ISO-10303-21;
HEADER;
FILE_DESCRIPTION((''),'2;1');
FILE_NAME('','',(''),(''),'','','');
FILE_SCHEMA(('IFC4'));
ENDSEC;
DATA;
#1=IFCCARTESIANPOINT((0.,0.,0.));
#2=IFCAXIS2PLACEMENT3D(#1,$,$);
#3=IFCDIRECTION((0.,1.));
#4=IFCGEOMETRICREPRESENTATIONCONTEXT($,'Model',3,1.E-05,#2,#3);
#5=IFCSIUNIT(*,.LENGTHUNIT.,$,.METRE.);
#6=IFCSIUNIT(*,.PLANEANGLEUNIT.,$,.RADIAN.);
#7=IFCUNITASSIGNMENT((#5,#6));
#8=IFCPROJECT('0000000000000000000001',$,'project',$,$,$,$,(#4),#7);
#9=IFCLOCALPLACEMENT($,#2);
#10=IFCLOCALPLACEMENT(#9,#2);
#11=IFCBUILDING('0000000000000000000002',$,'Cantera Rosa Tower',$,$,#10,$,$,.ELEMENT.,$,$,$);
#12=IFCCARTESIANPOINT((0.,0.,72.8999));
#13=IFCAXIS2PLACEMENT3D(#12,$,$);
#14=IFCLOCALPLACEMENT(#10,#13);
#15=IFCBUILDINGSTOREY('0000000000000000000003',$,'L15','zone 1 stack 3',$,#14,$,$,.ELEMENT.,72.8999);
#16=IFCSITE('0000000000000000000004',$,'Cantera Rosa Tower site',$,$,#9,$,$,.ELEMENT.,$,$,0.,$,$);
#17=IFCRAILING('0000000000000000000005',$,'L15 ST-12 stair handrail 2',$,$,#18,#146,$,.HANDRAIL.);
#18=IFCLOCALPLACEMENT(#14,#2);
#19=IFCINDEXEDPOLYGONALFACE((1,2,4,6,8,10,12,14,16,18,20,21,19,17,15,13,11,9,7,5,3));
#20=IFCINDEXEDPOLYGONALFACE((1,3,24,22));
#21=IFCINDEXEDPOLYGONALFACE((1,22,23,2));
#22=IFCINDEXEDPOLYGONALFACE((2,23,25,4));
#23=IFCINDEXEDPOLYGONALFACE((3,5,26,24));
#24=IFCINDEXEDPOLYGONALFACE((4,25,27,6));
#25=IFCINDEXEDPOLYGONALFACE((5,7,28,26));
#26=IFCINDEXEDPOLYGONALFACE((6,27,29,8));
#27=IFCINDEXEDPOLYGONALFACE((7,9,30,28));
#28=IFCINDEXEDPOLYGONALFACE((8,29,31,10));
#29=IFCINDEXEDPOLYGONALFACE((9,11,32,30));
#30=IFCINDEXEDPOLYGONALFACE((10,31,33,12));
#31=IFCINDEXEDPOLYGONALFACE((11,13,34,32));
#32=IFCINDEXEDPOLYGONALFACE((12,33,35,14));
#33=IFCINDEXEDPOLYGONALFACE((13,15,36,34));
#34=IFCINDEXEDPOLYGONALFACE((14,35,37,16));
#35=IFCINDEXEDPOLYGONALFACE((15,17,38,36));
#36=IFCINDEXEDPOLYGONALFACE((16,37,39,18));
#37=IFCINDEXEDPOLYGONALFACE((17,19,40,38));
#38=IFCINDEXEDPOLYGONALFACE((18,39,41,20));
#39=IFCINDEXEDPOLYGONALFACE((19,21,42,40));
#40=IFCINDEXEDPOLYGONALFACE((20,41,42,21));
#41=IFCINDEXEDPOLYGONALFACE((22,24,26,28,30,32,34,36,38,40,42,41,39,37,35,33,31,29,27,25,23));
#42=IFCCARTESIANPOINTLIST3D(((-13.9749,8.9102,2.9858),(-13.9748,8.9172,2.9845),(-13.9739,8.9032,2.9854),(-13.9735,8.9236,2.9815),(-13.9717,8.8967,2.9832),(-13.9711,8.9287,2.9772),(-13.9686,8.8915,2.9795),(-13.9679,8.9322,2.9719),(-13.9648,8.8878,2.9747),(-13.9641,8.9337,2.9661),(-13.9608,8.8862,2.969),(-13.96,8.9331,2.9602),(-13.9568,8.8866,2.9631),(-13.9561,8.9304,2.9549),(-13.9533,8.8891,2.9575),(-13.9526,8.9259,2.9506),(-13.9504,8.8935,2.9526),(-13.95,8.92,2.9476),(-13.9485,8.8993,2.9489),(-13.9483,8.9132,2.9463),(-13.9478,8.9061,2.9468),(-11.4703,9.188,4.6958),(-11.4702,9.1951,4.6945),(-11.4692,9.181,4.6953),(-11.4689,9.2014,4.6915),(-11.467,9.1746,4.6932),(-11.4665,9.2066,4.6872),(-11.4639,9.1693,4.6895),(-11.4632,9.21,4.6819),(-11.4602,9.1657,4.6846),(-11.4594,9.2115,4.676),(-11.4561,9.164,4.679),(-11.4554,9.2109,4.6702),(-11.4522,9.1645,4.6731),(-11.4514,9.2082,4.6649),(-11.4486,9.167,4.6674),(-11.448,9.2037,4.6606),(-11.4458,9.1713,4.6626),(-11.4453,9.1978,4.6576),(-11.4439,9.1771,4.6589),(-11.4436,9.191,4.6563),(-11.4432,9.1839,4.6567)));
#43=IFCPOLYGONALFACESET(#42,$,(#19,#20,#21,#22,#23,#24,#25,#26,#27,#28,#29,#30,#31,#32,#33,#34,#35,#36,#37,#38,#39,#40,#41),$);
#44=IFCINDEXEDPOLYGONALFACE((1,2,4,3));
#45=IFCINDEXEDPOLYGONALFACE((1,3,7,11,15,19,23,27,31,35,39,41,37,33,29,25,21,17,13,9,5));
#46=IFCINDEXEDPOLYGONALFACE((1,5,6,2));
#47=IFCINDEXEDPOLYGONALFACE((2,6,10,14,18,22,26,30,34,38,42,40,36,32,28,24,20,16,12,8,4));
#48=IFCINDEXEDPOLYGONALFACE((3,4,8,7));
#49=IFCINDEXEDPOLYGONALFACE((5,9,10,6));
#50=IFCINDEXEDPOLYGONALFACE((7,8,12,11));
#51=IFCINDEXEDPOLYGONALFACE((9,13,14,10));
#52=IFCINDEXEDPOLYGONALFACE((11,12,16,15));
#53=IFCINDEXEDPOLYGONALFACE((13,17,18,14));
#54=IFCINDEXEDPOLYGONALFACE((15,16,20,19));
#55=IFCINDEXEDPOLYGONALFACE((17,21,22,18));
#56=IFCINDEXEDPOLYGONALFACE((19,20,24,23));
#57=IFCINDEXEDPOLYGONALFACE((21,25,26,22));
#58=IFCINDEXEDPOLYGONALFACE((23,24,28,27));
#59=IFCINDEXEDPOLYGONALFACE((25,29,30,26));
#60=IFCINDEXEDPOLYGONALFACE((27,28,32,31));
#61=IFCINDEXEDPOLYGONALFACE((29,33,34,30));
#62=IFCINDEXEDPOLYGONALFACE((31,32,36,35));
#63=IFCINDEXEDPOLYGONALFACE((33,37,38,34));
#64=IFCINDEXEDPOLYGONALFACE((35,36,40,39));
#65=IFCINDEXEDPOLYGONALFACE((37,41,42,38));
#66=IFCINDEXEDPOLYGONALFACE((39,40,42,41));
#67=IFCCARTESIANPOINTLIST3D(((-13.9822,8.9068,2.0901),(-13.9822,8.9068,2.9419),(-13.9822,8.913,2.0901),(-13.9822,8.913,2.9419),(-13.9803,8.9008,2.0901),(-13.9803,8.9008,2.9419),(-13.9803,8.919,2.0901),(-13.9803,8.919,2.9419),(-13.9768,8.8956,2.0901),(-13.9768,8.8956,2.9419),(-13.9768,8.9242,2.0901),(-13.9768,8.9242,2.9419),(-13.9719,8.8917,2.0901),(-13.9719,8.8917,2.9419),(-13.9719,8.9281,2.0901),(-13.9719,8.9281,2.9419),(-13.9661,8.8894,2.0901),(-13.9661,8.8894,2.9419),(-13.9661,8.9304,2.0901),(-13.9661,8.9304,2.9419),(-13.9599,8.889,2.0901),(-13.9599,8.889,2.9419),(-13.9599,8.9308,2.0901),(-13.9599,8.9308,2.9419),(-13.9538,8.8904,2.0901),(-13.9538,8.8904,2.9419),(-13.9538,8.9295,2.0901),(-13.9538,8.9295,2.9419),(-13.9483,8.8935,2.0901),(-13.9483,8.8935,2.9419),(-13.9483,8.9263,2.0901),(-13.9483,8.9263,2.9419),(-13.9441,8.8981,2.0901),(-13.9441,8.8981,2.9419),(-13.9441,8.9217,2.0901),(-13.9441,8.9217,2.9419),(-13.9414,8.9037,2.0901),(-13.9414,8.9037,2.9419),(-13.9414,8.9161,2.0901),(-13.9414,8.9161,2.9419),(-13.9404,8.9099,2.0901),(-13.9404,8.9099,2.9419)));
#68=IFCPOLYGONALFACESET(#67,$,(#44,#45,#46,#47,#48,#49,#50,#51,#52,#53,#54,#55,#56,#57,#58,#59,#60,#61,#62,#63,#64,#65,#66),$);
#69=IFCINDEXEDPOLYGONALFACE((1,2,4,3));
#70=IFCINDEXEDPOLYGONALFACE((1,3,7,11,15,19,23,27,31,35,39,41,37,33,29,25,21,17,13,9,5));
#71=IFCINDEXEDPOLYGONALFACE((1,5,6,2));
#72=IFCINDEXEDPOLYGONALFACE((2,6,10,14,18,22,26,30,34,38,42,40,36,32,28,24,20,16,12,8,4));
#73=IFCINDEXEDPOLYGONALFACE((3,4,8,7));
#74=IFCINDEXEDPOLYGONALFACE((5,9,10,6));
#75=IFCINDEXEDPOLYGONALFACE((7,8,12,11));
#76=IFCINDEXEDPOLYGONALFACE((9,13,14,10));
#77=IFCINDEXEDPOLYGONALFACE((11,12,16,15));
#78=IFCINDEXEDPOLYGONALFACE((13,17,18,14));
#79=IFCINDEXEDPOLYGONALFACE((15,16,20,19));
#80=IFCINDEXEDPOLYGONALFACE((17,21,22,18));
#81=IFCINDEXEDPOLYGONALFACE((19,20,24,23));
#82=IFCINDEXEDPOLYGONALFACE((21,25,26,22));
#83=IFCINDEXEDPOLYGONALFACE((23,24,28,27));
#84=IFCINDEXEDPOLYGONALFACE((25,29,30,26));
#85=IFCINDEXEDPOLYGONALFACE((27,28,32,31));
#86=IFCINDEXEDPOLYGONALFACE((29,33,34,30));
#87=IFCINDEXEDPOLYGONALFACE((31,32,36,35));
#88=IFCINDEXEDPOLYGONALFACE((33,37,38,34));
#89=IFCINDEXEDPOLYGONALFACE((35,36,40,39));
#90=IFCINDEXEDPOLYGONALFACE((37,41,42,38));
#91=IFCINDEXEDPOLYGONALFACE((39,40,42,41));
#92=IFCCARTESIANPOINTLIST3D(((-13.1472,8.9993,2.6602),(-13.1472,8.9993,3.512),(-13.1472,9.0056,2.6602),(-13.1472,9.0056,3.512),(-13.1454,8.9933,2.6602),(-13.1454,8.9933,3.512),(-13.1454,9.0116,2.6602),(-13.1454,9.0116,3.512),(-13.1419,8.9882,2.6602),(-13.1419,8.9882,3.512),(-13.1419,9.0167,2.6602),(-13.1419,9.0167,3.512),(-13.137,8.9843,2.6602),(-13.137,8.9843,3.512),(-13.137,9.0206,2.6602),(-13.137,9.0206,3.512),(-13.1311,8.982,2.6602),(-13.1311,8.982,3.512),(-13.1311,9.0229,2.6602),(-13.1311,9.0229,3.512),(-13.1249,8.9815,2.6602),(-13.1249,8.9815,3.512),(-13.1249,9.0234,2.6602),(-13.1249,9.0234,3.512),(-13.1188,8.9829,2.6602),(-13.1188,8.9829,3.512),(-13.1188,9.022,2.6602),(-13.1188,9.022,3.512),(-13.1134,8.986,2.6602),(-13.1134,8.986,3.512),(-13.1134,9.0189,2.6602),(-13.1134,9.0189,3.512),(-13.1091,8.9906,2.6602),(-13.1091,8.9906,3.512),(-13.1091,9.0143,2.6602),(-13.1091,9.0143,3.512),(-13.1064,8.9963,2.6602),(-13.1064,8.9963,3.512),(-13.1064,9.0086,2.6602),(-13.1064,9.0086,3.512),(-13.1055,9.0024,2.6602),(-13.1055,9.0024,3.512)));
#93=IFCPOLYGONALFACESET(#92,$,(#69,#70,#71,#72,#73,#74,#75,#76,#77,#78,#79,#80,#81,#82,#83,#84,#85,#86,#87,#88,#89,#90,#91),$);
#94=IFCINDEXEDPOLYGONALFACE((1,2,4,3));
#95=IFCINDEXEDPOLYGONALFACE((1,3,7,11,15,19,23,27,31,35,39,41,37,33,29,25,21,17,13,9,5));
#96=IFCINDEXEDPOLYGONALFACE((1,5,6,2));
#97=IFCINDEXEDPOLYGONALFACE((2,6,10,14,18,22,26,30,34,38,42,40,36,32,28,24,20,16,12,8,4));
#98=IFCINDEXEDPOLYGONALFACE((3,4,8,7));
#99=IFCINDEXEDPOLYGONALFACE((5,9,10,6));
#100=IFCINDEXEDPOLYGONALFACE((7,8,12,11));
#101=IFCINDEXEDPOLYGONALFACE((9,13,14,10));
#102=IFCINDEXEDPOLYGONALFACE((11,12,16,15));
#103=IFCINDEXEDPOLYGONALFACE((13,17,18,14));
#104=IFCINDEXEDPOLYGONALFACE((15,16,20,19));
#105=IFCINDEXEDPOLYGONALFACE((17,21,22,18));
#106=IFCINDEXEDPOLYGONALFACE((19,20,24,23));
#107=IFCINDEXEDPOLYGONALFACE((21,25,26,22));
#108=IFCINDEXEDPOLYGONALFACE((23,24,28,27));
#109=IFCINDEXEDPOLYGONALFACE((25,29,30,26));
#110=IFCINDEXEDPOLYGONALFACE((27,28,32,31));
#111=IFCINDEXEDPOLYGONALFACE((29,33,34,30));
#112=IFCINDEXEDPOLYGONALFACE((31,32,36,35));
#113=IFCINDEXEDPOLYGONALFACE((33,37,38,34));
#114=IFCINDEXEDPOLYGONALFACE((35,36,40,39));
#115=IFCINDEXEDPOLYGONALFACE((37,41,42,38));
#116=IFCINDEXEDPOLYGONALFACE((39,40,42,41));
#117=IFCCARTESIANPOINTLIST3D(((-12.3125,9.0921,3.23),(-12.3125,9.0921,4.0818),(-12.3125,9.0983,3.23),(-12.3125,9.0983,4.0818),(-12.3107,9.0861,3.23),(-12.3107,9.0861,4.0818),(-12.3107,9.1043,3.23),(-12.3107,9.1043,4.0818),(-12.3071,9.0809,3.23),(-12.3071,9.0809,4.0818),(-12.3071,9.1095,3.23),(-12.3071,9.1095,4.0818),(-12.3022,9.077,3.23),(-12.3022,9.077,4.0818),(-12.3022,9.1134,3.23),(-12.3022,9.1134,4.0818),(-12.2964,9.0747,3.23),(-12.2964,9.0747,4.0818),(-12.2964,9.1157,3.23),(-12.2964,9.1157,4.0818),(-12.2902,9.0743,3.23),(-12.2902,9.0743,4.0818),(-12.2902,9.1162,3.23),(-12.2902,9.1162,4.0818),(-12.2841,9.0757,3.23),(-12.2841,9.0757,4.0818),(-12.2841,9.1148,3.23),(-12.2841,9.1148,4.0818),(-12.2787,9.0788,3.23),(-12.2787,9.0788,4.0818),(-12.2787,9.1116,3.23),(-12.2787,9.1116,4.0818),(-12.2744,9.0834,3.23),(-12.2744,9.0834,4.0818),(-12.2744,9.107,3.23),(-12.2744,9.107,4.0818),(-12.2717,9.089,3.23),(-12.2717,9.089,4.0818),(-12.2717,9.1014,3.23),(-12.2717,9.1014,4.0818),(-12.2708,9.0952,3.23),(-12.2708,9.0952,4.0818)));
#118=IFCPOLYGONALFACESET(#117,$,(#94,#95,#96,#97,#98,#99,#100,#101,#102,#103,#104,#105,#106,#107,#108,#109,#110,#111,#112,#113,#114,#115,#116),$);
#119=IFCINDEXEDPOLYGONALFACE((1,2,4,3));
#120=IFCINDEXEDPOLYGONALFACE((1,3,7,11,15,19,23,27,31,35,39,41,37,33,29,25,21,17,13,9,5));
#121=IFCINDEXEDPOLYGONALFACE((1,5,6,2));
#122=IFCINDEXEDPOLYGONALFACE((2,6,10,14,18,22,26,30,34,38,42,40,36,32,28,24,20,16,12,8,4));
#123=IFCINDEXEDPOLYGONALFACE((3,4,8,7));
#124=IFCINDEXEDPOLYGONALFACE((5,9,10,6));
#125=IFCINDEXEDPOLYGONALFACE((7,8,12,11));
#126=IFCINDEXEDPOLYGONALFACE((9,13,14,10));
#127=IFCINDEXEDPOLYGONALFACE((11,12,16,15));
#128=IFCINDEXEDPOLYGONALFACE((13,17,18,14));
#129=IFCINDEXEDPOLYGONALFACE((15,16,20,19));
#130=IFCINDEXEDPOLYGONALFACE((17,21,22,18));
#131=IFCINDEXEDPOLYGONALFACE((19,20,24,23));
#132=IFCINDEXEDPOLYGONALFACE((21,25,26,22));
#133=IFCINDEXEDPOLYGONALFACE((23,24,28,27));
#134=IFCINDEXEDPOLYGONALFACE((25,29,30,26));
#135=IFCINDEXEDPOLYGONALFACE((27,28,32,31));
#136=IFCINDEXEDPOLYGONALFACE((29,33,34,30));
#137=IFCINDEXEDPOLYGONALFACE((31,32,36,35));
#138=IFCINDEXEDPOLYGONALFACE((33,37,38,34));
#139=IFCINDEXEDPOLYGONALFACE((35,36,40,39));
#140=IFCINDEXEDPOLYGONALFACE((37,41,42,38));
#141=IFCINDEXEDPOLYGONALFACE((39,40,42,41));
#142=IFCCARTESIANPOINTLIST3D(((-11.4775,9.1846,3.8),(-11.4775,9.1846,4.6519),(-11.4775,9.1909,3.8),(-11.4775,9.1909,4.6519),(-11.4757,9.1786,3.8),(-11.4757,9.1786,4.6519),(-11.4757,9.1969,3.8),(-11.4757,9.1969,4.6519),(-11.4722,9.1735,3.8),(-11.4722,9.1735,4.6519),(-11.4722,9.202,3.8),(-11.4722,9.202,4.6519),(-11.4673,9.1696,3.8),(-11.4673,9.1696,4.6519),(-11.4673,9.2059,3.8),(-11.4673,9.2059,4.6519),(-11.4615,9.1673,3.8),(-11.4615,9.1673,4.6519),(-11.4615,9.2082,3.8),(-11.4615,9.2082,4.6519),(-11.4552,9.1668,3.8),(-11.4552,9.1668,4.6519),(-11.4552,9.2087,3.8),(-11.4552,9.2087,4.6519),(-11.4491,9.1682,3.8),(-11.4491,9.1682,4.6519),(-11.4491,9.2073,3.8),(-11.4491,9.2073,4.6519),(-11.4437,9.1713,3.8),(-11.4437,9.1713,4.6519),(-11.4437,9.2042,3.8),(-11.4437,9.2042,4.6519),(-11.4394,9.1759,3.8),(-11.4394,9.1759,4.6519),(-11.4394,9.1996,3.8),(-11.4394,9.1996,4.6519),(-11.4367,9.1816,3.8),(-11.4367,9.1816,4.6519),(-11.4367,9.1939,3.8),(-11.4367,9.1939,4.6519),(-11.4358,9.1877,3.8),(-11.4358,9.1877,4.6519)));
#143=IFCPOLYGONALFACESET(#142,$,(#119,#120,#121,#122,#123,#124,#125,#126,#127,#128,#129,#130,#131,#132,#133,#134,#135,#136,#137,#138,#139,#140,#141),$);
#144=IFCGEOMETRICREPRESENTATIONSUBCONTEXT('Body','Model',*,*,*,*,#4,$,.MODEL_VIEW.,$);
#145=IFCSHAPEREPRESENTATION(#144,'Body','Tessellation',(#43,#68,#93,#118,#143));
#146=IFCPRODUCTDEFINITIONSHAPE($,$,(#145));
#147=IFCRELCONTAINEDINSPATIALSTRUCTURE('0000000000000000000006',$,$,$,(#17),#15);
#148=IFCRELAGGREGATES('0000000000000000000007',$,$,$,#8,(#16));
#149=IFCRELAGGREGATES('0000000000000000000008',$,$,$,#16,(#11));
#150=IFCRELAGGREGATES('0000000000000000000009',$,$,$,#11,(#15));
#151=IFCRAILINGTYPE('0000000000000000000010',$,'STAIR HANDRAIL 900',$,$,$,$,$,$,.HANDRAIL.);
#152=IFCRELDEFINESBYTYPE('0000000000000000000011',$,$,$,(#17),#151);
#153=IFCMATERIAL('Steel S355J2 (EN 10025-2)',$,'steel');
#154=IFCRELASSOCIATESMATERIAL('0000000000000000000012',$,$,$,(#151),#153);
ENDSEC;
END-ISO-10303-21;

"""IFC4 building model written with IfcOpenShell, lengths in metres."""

from ifc_helpers import new_model, si_unit, direction, frame, origin, origin_2d, place, context, subcontext, project, spatial, circle, extrude, material, type_object, element, save


model = new_model("IFC4")

# Units and contexts
model_context = context("Model", 3, precision=1e-05, world=origin(), true_north=direction((0.0, 1.0)))
body_context = subcontext(model_context, "Body", "Model", "MODEL_VIEW")
ifc_project = project(units=[si_unit("LENGTHUNIT", "METRE"), si_unit("PLANEANGLEUNIT", "RADIAN")], contexts=[model_context])

# Site, building, storey
site_placement = place(None, origin())
site = spatial("IfcSite", under=ifc_project, at=site_placement, Name="Cantera Rosa Tower site", CompositionType="ELEMENT", RefElevation=0.0)
building_placement = place(site_placement, origin())
building = spatial("IfcBuilding", under=site, at=building_placement, Name="Cantera Rosa Tower", CompositionType="ELEMENT")
storey_placement = place(building_placement, frame((0.0, 0.0, 72.8999)))
storey = spatial("IfcBuildingStorey", under=building, at=storey_placement, Name="L15", Description="zone 1 stack 3", CompositionType="ELEMENT", Elevation=72.8999)

# Railing
ifc_material_1 = material(Name="Steel S355J2 (EN 10025-2)", Category="steel")
railing_type_1 = type_object("IfcRailingType", Name="STAIR HANDRAIL 900", PredefinedType="HANDRAIL", material=ifc_material_1)
railing_1_placement = place(storey_placement, frame((-13.9614, 8.9099, 2.0901)))
element("IfcRailing", 1, at=railing_1_placement, inside=storey, type_object=railing_type_1, Name="L15 ST-12 stair handrail 2", PredefinedType="HANDRAIL", context=body_context, shape_type="SweptSolid", body=[
    extrude(circle(Radius=0.0239, at=origin_2d()), frame((0.0, 0.0, 0.876), z_axis=(0.822437, 0.091231, 0.561492), x_axis=(-0.110251, 0.993904, 0.0)), (0.0, 0.0, 1.0), 3.0454),
    extrude(circle(Radius=0.021, at=origin_2d()), origin(), (0.0, 0.0, 1.0), 0.8518),
    extrude(circle(Radius=0.021, at=origin_2d()), frame((0.835, 0.0925, 0.5701)), (0.0, 0.0, 1.0), 0.8518),
    extrude(circle(Radius=0.021, at=origin_2d()), frame((1.6697, 0.1853, 1.1399)), (0.0, 0.0, 1.0), 0.8518),
    extrude(circle(Radius=0.021, at=origin_2d()), frame((2.5046, 0.2778, 1.71)), (0.0, 0.0, 1.0), 0.8518),
])

save(model, "model.ifc")
